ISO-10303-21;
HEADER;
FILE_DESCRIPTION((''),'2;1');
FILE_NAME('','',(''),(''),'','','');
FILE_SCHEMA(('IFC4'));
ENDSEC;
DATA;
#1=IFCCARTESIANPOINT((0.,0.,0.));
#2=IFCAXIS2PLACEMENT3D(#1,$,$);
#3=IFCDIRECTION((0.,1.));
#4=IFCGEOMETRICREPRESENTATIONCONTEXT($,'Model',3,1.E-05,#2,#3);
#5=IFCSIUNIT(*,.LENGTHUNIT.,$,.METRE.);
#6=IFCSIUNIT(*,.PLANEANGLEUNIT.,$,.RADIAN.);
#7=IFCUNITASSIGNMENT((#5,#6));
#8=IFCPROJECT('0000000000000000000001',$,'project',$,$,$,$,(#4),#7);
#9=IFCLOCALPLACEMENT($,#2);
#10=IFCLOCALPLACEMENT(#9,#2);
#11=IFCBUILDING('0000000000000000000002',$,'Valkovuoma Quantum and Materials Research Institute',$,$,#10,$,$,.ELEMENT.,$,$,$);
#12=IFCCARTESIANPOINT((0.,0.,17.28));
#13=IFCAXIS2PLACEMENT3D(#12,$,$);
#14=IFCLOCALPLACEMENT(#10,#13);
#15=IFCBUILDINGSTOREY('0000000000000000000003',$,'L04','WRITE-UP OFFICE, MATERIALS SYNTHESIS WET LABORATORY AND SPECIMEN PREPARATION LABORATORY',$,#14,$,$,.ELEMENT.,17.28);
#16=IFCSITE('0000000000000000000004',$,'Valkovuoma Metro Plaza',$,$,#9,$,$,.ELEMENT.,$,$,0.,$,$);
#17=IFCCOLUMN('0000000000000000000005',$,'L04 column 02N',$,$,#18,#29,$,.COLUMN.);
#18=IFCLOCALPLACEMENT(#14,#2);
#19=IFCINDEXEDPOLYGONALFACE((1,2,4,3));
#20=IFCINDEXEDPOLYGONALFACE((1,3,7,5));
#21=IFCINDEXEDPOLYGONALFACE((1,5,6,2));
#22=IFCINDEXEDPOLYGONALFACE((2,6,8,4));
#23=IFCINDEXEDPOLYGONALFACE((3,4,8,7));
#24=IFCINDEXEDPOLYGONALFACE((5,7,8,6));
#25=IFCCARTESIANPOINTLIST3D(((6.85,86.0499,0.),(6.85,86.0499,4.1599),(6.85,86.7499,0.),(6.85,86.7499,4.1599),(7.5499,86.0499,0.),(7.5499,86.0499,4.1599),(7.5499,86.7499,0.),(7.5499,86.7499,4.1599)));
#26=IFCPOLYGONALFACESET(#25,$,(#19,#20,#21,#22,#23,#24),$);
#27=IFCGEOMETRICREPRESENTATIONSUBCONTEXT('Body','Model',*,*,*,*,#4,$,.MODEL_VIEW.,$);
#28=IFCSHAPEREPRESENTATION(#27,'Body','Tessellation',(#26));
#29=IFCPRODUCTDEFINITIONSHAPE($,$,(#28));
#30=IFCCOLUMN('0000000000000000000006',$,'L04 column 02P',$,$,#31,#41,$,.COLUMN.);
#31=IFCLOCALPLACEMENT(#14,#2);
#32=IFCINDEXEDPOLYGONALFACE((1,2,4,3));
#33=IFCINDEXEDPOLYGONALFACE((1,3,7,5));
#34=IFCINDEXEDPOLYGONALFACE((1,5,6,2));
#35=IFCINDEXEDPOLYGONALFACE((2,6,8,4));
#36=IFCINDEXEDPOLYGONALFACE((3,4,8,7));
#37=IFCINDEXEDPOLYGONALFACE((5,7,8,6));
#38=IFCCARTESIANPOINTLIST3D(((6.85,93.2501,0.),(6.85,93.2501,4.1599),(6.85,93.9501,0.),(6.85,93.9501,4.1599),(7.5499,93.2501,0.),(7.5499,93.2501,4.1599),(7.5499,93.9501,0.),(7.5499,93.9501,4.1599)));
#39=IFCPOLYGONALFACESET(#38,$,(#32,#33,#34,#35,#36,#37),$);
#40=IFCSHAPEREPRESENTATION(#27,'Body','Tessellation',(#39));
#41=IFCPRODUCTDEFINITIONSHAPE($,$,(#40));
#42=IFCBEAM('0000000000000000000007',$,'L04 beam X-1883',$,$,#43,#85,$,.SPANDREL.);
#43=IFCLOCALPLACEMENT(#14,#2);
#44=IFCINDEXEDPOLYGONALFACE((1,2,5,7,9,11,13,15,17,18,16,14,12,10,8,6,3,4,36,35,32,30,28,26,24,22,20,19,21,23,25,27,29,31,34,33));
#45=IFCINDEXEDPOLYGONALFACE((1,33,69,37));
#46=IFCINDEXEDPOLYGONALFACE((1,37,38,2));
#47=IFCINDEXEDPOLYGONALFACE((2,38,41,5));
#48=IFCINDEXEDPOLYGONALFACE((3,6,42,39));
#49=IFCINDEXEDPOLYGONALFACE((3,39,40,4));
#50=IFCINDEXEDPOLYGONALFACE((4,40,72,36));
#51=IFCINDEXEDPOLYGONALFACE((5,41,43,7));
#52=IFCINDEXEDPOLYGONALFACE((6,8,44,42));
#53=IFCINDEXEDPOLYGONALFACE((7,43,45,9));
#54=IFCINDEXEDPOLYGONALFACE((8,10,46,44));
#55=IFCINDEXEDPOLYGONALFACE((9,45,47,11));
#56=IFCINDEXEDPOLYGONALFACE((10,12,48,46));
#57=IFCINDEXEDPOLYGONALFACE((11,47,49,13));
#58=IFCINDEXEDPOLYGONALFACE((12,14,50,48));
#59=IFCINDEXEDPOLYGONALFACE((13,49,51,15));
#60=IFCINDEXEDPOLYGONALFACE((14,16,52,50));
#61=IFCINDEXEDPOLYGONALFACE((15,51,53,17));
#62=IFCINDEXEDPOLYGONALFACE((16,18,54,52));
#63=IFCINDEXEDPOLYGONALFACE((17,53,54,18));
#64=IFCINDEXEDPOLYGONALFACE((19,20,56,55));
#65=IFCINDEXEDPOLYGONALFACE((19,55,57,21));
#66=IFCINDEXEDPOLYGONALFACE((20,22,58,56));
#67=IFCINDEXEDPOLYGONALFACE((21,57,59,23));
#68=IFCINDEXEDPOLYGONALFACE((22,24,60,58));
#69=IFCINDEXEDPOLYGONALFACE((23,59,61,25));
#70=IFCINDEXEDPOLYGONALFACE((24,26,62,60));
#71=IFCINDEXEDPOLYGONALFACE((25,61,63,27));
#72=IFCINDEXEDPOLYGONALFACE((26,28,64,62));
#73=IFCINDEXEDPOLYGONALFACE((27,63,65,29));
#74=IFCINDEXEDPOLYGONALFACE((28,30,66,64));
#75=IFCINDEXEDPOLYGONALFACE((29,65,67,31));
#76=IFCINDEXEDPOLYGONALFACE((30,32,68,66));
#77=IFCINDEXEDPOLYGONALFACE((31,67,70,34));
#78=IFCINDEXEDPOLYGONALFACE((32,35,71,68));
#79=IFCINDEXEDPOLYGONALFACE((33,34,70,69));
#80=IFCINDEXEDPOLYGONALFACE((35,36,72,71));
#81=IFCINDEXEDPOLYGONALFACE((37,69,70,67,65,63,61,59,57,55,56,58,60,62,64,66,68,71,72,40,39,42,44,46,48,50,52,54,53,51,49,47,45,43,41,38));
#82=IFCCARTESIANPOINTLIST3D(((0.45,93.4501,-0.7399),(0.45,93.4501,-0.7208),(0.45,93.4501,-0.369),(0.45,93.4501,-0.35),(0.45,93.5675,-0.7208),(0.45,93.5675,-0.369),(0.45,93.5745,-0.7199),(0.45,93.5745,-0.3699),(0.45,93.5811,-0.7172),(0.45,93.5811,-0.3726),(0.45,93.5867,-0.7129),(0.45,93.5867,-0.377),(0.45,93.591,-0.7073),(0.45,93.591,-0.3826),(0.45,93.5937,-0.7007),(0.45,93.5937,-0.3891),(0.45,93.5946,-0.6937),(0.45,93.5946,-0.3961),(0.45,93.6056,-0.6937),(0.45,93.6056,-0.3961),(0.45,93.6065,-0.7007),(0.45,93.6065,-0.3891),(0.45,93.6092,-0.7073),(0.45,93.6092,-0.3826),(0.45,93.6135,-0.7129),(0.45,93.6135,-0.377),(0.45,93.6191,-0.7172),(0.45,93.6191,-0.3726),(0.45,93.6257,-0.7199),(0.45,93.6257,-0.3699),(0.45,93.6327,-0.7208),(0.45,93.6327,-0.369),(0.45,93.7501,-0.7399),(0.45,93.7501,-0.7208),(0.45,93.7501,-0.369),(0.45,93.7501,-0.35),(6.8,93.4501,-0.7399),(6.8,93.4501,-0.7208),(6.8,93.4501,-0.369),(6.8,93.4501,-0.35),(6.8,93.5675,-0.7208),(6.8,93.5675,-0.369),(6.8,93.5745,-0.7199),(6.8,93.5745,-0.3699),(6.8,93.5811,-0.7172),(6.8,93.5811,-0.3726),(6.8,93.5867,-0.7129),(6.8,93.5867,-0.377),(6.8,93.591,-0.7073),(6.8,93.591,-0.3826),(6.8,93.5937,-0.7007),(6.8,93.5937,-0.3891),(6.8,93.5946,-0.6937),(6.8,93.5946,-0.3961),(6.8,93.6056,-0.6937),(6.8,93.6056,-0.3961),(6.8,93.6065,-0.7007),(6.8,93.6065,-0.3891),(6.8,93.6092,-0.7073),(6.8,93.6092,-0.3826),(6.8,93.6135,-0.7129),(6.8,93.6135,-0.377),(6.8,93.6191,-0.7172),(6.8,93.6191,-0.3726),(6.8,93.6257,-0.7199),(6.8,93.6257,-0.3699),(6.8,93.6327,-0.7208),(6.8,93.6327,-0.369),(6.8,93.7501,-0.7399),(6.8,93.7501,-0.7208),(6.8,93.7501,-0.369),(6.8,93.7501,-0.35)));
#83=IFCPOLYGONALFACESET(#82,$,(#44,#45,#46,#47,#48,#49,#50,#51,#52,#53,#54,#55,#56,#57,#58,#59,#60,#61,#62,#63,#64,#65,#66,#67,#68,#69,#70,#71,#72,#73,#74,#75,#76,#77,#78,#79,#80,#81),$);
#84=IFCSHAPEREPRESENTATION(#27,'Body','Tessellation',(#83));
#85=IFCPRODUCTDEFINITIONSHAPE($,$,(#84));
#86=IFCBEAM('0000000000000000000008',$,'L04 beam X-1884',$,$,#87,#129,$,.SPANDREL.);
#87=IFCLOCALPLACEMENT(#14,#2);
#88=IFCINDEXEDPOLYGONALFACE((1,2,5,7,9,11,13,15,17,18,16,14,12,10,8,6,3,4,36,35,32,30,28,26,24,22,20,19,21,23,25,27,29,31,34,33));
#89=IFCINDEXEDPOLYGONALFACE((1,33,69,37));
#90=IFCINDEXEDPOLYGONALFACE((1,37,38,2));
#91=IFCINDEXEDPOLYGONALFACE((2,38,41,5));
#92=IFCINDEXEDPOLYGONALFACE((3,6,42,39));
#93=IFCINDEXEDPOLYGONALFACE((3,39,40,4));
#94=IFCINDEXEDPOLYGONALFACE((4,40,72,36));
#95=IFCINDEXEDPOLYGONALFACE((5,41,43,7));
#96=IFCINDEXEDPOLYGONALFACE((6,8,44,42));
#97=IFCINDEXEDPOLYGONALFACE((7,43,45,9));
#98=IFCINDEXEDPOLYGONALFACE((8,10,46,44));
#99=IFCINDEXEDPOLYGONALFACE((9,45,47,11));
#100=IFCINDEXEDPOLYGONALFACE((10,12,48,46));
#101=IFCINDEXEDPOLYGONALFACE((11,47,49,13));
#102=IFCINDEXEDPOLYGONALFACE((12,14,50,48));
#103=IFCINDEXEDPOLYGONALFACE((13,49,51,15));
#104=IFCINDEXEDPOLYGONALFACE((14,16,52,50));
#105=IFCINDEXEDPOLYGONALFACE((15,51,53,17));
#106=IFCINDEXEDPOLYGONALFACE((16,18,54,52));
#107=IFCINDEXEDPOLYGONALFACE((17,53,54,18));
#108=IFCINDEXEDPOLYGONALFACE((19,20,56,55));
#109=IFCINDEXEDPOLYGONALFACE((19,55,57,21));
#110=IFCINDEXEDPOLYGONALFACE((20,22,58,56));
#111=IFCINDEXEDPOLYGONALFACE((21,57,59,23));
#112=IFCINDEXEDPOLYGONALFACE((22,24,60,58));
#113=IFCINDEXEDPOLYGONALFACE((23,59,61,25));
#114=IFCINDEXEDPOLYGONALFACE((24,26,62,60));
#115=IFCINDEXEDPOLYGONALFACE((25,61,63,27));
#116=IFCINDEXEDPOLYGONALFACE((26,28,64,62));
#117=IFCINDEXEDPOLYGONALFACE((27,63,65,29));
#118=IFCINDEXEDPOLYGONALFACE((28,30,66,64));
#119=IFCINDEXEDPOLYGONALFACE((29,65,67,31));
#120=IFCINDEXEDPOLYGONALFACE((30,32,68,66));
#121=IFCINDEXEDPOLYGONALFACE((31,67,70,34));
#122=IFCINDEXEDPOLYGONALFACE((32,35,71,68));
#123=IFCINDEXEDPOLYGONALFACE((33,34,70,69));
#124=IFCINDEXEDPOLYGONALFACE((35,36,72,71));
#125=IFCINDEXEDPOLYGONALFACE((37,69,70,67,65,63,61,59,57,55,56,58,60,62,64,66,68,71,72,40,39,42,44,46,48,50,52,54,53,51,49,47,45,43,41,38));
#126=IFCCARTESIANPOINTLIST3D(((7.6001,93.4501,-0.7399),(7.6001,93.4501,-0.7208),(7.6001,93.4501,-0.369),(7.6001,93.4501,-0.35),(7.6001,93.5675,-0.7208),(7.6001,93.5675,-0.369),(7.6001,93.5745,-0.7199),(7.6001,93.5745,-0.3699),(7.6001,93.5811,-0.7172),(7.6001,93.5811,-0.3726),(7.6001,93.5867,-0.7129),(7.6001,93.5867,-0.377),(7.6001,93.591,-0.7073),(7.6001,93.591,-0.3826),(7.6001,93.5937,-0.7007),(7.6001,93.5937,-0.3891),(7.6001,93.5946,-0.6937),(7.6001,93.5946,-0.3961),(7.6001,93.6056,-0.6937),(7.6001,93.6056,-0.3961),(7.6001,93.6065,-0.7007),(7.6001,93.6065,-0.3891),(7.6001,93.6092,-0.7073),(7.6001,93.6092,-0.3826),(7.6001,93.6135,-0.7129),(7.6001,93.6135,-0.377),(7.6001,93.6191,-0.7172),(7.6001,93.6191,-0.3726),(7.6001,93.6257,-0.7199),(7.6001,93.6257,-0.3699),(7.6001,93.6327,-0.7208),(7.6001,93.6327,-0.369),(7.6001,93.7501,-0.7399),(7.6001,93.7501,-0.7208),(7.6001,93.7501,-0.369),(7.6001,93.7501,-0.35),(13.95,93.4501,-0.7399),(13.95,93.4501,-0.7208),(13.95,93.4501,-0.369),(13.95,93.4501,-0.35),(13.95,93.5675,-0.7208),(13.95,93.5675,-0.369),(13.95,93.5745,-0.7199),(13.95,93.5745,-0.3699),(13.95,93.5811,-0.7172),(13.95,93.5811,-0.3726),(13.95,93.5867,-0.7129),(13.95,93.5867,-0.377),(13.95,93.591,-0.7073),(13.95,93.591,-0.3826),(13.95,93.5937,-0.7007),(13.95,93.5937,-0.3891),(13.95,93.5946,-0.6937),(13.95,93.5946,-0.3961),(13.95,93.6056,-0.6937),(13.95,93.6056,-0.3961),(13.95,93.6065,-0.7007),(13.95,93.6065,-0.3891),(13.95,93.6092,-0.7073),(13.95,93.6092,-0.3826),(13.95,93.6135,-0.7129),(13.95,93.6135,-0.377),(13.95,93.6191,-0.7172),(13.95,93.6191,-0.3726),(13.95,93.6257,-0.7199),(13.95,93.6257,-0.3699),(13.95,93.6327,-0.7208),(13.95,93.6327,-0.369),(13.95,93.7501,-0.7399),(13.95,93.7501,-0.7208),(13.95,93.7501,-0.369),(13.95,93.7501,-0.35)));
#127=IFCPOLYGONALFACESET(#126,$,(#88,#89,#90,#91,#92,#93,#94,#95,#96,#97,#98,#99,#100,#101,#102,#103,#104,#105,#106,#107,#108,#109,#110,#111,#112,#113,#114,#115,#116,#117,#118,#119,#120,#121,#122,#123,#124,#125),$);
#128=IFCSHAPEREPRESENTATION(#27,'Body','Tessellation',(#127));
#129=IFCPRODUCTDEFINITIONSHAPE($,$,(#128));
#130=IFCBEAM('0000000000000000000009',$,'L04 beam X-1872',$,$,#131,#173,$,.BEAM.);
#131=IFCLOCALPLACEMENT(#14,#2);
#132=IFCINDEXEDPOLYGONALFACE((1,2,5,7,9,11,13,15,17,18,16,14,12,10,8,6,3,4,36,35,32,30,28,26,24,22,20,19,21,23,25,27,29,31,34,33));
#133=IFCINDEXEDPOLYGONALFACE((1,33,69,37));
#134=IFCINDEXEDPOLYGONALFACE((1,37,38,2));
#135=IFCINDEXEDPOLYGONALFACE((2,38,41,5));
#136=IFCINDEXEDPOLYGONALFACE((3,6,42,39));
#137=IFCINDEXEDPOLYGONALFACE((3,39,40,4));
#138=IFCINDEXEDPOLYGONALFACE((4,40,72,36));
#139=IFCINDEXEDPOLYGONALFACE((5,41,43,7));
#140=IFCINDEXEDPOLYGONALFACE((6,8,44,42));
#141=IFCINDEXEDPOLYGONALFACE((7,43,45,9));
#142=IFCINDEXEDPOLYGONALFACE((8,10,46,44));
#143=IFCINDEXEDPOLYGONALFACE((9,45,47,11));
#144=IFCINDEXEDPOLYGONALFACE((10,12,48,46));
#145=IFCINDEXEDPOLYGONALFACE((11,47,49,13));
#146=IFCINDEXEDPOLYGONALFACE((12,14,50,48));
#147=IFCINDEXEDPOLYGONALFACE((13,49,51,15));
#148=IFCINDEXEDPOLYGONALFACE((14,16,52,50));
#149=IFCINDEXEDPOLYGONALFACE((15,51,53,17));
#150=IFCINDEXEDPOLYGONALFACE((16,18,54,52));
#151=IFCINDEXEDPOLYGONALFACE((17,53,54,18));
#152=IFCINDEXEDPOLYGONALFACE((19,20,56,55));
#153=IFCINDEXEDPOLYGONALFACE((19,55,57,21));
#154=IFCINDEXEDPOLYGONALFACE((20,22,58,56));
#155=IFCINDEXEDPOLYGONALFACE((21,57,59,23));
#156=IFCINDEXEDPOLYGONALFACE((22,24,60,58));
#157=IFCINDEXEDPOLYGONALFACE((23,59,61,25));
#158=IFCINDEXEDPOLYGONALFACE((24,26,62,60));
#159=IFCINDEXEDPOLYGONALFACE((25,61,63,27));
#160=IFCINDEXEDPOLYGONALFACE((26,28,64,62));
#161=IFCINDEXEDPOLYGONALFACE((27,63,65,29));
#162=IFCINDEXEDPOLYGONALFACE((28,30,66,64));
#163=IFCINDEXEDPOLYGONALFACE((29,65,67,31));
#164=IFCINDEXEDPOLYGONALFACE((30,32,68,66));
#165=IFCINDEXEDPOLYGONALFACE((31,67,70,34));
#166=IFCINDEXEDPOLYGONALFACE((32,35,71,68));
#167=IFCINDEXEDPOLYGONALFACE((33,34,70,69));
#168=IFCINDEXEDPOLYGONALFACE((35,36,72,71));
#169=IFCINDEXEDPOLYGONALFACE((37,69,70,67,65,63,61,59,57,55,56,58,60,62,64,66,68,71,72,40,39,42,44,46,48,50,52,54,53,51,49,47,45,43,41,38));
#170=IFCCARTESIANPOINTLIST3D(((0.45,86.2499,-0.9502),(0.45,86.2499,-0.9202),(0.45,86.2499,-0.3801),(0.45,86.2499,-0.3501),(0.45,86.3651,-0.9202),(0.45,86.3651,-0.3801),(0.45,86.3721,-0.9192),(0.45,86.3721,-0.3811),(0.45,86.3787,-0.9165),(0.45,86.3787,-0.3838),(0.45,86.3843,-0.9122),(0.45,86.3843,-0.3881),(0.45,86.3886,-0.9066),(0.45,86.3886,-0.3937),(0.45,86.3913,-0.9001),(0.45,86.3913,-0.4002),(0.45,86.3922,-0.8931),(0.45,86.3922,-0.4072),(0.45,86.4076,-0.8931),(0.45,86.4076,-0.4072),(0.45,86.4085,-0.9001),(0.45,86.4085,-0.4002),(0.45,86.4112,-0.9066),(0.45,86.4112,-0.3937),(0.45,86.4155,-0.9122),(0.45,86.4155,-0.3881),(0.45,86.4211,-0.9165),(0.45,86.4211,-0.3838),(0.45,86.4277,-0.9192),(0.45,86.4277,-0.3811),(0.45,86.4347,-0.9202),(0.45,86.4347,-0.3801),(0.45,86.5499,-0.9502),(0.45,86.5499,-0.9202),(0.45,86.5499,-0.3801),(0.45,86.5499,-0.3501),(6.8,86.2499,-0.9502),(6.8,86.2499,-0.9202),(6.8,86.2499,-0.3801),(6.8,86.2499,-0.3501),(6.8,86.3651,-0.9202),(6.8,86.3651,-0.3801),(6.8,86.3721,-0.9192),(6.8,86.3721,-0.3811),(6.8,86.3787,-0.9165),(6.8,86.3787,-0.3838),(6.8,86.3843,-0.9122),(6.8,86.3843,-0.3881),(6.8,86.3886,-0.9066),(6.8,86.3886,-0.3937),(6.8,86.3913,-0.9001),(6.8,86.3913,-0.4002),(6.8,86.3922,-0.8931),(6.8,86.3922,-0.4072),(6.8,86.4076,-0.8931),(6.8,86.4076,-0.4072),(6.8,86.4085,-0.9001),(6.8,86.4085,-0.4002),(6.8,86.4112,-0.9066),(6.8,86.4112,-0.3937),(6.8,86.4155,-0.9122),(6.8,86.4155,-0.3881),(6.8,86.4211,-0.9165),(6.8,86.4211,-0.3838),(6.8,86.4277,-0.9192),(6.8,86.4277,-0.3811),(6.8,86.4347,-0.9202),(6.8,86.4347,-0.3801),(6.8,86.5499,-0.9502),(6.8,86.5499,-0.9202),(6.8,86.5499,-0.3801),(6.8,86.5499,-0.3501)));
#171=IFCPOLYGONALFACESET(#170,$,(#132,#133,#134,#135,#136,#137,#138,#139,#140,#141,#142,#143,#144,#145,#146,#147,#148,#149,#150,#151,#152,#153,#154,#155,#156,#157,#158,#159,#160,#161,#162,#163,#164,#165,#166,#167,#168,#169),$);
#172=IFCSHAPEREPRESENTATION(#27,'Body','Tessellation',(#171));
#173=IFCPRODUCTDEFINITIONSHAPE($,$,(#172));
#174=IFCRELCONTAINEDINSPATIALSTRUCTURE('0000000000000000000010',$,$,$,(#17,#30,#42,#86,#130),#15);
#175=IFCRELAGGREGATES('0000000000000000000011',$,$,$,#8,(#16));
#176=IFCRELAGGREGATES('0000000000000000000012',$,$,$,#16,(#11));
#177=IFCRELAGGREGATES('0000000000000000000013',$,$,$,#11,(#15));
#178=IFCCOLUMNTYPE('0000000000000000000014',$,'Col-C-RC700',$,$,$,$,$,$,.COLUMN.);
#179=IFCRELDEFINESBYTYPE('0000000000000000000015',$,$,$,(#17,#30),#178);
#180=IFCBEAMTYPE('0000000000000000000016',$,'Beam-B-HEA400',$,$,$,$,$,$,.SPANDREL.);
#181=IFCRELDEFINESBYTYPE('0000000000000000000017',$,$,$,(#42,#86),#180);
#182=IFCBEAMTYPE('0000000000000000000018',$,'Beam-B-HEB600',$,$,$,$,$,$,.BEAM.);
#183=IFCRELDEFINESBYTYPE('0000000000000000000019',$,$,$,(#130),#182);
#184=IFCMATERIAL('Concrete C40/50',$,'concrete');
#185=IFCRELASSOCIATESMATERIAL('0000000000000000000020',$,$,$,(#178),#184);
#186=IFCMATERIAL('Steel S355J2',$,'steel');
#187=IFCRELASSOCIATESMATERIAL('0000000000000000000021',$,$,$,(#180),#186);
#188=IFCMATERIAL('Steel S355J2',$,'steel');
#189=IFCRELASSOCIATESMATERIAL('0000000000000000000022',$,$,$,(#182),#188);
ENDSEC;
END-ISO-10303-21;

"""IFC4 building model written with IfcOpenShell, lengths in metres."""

from ifc_helpers import new_model, si_unit, direction, frame, origin, origin_2d, place, context, subcontext, project, spatial, rectangle, i_section, extrude, material, material_profile, profile_set, type_object, element, save


model = new_model("IFC4")

# Units and contexts
model_context = context("Model", 3, precision=1e-05, world=origin(), true_north=direction((0.0, 1.0)))
body_context = subcontext(model_context, "Body", "Model", "MODEL_VIEW")
ifc_project = project(units=[si_unit("LENGTHUNIT", "METRE"), si_unit("PLANEANGLEUNIT", "RADIAN")], contexts=[model_context])

# Site, building, storey
site_placement = place(None, origin())
site = spatial("IfcSite", under=ifc_project, at=site_placement, Name="Valkovuoma Metro Plaza", CompositionType="ELEMENT", RefElevation=0.0)
building_placement = place(site_placement, origin())
building = spatial("IfcBuilding", under=site, at=building_placement, Name="Valkovuoma Quantum and Materials Research Institute", CompositionType="ELEMENT")
storey_placement = place(building_placement, frame((0.0, 0.0, 17.28)))
storey = spatial("IfcBuildingStorey", under=building, at=storey_placement, Name="L04", Description="WRITE-UP OFFICE, MATERIALS SYNTHESIS WET LABORATORY AND SPECIMEN PREPARATION LABORATORY", CompositionType="ELEMENT", Elevation=17.28)

# Columns
ifc_material_1 = material(Name="Concrete C40/50", Category="concrete")
ifc_material_profile_1 = material_profile(ifc_material_1, rectangle(XDim=0.7, YDim=0.7, at=origin_2d()), Name="Concrete C40/50")
ifc_profile_set_1 = profile_set([ifc_material_profile_1], Name="Concrete C40/50")
column_type = type_object("IfcColumnType", Name="Col-C-RC700", PredefinedType="COLUMN", material=ifc_profile_set_1)
for number, where, z_axis, x_axis, name in (
    (1, (7.2, 86.3999, 0.0), (0.0, 0.0, 1.0), (1.0, 0.0, 0.0), "L04 column 02N"),
    (2, (7.2, 93.6001, 0.0), (0.0, 0.0, 1.0), (1.0, 0.0, 0.0), "L04 column 02P"),
):
    element("IfcColumn", number, at=place(storey_placement, frame(where, z_axis=z_axis, x_axis=x_axis)), inside=storey, type_object=column_type, Name=name, PredefinedType="COLUMN", context=body_context, shape_type="SweptSolid", body=[
        extrude(rectangle(XDim=0.7, YDim=0.7, at=origin_2d()), origin(), (0.0, 0.0, 1.0), 4.1599),
    ])

# Beams
ifc_material_2 = material(Name="Steel S355J2", Category="steel")
ifc_material_profile_2 = material_profile(ifc_material_2, i_section(OverallWidth=0.3, OverallDepth=0.3899, WebThickness=0.011, FlangeThickness=0.019, FilletRadius=0.0271, at=origin_2d()), Name="Steel S355J2")
ifc_profile_set_2 = profile_set([ifc_material_profile_2], Name="Steel S355J2")
beam_type_1 = type_object("IfcBeamType", Name="Beam-B-HEA400", PredefinedType="SPANDREL", material=ifc_profile_set_2)
beam_1_placement = place(storey_placement, frame((0.45, 93.6001, -0.5449), z_axis=(1.0, 0.0, 0.0), x_axis=(0.0, 1.0, 0.0)))
element("IfcBeam", 3, at=beam_1_placement, inside=storey, type_object=beam_type_1, Name="L04 beam X-1883", PredefinedType="SPANDREL", context=body_context, shape_type="SweptSolid", body=[
    extrude(i_section(OverallWidth=0.3, OverallDepth=0.3899, WebThickness=0.011, FlangeThickness=0.019, FilletRadius=0.0271, at=origin_2d()), origin(), (0.0, 0.0, 1.0), 6.3501),
])
beam_2_placement = place(storey_placement, frame((7.6001, 93.6001, -0.5449), z_axis=(1.0, 0.0, 0.0), x_axis=(0.0, 1.0, 0.0)))
element("IfcBeam", 4, at=beam_2_placement, inside=storey, type_object=beam_type_1, Name="L04 beam X-1884", PredefinedType="SPANDREL", context=body_context, shape_type="SweptSolid", body=[
    extrude(i_section(OverallWidth=0.3, OverallDepth=0.3899, WebThickness=0.011, FlangeThickness=0.019, FilletRadius=0.0271, at=origin_2d()), origin(), (0.0, 0.0, 1.0), 6.3499),
])
ifc_material_3 = material(Name="Steel S355J2", Category="steel")
ifc_material_profile_3 = material_profile(ifc_material_3, i_section(OverallWidth=0.3, OverallDepth=0.6001, WebThickness=0.0154, FlangeThickness=0.03, FilletRadius=0.0271, at=origin_2d()), Name="Steel S355J2")
ifc_profile_set_3 = profile_set([ifc_material_profile_3], Name="Steel S355J2")
beam_type_2 = type_object("IfcBeamType", Name="Beam-B-HEB600", PredefinedType="BEAM", material=ifc_profile_set_3)
beam_3_placement = place(storey_placement, frame((0.45, 86.3999, -0.6501), z_axis=(1.0, 0.0, 0.0), x_axis=(0.0, 1.0, 0.0)))
element("IfcBeam", 5, at=beam_3_placement, inside=storey, type_object=beam_type_2, Name="L04 beam X-1872", PredefinedType="BEAM", context=body_context, shape_type="SweptSolid", body=[
    extrude(i_section(OverallWidth=0.3, OverallDepth=0.6001, WebThickness=0.0154, FlangeThickness=0.03, FilletRadius=0.0271, at=origin_2d()), origin(), (0.0, 0.0, 1.0), 6.3501),
])

save(model, "model.ifc")
